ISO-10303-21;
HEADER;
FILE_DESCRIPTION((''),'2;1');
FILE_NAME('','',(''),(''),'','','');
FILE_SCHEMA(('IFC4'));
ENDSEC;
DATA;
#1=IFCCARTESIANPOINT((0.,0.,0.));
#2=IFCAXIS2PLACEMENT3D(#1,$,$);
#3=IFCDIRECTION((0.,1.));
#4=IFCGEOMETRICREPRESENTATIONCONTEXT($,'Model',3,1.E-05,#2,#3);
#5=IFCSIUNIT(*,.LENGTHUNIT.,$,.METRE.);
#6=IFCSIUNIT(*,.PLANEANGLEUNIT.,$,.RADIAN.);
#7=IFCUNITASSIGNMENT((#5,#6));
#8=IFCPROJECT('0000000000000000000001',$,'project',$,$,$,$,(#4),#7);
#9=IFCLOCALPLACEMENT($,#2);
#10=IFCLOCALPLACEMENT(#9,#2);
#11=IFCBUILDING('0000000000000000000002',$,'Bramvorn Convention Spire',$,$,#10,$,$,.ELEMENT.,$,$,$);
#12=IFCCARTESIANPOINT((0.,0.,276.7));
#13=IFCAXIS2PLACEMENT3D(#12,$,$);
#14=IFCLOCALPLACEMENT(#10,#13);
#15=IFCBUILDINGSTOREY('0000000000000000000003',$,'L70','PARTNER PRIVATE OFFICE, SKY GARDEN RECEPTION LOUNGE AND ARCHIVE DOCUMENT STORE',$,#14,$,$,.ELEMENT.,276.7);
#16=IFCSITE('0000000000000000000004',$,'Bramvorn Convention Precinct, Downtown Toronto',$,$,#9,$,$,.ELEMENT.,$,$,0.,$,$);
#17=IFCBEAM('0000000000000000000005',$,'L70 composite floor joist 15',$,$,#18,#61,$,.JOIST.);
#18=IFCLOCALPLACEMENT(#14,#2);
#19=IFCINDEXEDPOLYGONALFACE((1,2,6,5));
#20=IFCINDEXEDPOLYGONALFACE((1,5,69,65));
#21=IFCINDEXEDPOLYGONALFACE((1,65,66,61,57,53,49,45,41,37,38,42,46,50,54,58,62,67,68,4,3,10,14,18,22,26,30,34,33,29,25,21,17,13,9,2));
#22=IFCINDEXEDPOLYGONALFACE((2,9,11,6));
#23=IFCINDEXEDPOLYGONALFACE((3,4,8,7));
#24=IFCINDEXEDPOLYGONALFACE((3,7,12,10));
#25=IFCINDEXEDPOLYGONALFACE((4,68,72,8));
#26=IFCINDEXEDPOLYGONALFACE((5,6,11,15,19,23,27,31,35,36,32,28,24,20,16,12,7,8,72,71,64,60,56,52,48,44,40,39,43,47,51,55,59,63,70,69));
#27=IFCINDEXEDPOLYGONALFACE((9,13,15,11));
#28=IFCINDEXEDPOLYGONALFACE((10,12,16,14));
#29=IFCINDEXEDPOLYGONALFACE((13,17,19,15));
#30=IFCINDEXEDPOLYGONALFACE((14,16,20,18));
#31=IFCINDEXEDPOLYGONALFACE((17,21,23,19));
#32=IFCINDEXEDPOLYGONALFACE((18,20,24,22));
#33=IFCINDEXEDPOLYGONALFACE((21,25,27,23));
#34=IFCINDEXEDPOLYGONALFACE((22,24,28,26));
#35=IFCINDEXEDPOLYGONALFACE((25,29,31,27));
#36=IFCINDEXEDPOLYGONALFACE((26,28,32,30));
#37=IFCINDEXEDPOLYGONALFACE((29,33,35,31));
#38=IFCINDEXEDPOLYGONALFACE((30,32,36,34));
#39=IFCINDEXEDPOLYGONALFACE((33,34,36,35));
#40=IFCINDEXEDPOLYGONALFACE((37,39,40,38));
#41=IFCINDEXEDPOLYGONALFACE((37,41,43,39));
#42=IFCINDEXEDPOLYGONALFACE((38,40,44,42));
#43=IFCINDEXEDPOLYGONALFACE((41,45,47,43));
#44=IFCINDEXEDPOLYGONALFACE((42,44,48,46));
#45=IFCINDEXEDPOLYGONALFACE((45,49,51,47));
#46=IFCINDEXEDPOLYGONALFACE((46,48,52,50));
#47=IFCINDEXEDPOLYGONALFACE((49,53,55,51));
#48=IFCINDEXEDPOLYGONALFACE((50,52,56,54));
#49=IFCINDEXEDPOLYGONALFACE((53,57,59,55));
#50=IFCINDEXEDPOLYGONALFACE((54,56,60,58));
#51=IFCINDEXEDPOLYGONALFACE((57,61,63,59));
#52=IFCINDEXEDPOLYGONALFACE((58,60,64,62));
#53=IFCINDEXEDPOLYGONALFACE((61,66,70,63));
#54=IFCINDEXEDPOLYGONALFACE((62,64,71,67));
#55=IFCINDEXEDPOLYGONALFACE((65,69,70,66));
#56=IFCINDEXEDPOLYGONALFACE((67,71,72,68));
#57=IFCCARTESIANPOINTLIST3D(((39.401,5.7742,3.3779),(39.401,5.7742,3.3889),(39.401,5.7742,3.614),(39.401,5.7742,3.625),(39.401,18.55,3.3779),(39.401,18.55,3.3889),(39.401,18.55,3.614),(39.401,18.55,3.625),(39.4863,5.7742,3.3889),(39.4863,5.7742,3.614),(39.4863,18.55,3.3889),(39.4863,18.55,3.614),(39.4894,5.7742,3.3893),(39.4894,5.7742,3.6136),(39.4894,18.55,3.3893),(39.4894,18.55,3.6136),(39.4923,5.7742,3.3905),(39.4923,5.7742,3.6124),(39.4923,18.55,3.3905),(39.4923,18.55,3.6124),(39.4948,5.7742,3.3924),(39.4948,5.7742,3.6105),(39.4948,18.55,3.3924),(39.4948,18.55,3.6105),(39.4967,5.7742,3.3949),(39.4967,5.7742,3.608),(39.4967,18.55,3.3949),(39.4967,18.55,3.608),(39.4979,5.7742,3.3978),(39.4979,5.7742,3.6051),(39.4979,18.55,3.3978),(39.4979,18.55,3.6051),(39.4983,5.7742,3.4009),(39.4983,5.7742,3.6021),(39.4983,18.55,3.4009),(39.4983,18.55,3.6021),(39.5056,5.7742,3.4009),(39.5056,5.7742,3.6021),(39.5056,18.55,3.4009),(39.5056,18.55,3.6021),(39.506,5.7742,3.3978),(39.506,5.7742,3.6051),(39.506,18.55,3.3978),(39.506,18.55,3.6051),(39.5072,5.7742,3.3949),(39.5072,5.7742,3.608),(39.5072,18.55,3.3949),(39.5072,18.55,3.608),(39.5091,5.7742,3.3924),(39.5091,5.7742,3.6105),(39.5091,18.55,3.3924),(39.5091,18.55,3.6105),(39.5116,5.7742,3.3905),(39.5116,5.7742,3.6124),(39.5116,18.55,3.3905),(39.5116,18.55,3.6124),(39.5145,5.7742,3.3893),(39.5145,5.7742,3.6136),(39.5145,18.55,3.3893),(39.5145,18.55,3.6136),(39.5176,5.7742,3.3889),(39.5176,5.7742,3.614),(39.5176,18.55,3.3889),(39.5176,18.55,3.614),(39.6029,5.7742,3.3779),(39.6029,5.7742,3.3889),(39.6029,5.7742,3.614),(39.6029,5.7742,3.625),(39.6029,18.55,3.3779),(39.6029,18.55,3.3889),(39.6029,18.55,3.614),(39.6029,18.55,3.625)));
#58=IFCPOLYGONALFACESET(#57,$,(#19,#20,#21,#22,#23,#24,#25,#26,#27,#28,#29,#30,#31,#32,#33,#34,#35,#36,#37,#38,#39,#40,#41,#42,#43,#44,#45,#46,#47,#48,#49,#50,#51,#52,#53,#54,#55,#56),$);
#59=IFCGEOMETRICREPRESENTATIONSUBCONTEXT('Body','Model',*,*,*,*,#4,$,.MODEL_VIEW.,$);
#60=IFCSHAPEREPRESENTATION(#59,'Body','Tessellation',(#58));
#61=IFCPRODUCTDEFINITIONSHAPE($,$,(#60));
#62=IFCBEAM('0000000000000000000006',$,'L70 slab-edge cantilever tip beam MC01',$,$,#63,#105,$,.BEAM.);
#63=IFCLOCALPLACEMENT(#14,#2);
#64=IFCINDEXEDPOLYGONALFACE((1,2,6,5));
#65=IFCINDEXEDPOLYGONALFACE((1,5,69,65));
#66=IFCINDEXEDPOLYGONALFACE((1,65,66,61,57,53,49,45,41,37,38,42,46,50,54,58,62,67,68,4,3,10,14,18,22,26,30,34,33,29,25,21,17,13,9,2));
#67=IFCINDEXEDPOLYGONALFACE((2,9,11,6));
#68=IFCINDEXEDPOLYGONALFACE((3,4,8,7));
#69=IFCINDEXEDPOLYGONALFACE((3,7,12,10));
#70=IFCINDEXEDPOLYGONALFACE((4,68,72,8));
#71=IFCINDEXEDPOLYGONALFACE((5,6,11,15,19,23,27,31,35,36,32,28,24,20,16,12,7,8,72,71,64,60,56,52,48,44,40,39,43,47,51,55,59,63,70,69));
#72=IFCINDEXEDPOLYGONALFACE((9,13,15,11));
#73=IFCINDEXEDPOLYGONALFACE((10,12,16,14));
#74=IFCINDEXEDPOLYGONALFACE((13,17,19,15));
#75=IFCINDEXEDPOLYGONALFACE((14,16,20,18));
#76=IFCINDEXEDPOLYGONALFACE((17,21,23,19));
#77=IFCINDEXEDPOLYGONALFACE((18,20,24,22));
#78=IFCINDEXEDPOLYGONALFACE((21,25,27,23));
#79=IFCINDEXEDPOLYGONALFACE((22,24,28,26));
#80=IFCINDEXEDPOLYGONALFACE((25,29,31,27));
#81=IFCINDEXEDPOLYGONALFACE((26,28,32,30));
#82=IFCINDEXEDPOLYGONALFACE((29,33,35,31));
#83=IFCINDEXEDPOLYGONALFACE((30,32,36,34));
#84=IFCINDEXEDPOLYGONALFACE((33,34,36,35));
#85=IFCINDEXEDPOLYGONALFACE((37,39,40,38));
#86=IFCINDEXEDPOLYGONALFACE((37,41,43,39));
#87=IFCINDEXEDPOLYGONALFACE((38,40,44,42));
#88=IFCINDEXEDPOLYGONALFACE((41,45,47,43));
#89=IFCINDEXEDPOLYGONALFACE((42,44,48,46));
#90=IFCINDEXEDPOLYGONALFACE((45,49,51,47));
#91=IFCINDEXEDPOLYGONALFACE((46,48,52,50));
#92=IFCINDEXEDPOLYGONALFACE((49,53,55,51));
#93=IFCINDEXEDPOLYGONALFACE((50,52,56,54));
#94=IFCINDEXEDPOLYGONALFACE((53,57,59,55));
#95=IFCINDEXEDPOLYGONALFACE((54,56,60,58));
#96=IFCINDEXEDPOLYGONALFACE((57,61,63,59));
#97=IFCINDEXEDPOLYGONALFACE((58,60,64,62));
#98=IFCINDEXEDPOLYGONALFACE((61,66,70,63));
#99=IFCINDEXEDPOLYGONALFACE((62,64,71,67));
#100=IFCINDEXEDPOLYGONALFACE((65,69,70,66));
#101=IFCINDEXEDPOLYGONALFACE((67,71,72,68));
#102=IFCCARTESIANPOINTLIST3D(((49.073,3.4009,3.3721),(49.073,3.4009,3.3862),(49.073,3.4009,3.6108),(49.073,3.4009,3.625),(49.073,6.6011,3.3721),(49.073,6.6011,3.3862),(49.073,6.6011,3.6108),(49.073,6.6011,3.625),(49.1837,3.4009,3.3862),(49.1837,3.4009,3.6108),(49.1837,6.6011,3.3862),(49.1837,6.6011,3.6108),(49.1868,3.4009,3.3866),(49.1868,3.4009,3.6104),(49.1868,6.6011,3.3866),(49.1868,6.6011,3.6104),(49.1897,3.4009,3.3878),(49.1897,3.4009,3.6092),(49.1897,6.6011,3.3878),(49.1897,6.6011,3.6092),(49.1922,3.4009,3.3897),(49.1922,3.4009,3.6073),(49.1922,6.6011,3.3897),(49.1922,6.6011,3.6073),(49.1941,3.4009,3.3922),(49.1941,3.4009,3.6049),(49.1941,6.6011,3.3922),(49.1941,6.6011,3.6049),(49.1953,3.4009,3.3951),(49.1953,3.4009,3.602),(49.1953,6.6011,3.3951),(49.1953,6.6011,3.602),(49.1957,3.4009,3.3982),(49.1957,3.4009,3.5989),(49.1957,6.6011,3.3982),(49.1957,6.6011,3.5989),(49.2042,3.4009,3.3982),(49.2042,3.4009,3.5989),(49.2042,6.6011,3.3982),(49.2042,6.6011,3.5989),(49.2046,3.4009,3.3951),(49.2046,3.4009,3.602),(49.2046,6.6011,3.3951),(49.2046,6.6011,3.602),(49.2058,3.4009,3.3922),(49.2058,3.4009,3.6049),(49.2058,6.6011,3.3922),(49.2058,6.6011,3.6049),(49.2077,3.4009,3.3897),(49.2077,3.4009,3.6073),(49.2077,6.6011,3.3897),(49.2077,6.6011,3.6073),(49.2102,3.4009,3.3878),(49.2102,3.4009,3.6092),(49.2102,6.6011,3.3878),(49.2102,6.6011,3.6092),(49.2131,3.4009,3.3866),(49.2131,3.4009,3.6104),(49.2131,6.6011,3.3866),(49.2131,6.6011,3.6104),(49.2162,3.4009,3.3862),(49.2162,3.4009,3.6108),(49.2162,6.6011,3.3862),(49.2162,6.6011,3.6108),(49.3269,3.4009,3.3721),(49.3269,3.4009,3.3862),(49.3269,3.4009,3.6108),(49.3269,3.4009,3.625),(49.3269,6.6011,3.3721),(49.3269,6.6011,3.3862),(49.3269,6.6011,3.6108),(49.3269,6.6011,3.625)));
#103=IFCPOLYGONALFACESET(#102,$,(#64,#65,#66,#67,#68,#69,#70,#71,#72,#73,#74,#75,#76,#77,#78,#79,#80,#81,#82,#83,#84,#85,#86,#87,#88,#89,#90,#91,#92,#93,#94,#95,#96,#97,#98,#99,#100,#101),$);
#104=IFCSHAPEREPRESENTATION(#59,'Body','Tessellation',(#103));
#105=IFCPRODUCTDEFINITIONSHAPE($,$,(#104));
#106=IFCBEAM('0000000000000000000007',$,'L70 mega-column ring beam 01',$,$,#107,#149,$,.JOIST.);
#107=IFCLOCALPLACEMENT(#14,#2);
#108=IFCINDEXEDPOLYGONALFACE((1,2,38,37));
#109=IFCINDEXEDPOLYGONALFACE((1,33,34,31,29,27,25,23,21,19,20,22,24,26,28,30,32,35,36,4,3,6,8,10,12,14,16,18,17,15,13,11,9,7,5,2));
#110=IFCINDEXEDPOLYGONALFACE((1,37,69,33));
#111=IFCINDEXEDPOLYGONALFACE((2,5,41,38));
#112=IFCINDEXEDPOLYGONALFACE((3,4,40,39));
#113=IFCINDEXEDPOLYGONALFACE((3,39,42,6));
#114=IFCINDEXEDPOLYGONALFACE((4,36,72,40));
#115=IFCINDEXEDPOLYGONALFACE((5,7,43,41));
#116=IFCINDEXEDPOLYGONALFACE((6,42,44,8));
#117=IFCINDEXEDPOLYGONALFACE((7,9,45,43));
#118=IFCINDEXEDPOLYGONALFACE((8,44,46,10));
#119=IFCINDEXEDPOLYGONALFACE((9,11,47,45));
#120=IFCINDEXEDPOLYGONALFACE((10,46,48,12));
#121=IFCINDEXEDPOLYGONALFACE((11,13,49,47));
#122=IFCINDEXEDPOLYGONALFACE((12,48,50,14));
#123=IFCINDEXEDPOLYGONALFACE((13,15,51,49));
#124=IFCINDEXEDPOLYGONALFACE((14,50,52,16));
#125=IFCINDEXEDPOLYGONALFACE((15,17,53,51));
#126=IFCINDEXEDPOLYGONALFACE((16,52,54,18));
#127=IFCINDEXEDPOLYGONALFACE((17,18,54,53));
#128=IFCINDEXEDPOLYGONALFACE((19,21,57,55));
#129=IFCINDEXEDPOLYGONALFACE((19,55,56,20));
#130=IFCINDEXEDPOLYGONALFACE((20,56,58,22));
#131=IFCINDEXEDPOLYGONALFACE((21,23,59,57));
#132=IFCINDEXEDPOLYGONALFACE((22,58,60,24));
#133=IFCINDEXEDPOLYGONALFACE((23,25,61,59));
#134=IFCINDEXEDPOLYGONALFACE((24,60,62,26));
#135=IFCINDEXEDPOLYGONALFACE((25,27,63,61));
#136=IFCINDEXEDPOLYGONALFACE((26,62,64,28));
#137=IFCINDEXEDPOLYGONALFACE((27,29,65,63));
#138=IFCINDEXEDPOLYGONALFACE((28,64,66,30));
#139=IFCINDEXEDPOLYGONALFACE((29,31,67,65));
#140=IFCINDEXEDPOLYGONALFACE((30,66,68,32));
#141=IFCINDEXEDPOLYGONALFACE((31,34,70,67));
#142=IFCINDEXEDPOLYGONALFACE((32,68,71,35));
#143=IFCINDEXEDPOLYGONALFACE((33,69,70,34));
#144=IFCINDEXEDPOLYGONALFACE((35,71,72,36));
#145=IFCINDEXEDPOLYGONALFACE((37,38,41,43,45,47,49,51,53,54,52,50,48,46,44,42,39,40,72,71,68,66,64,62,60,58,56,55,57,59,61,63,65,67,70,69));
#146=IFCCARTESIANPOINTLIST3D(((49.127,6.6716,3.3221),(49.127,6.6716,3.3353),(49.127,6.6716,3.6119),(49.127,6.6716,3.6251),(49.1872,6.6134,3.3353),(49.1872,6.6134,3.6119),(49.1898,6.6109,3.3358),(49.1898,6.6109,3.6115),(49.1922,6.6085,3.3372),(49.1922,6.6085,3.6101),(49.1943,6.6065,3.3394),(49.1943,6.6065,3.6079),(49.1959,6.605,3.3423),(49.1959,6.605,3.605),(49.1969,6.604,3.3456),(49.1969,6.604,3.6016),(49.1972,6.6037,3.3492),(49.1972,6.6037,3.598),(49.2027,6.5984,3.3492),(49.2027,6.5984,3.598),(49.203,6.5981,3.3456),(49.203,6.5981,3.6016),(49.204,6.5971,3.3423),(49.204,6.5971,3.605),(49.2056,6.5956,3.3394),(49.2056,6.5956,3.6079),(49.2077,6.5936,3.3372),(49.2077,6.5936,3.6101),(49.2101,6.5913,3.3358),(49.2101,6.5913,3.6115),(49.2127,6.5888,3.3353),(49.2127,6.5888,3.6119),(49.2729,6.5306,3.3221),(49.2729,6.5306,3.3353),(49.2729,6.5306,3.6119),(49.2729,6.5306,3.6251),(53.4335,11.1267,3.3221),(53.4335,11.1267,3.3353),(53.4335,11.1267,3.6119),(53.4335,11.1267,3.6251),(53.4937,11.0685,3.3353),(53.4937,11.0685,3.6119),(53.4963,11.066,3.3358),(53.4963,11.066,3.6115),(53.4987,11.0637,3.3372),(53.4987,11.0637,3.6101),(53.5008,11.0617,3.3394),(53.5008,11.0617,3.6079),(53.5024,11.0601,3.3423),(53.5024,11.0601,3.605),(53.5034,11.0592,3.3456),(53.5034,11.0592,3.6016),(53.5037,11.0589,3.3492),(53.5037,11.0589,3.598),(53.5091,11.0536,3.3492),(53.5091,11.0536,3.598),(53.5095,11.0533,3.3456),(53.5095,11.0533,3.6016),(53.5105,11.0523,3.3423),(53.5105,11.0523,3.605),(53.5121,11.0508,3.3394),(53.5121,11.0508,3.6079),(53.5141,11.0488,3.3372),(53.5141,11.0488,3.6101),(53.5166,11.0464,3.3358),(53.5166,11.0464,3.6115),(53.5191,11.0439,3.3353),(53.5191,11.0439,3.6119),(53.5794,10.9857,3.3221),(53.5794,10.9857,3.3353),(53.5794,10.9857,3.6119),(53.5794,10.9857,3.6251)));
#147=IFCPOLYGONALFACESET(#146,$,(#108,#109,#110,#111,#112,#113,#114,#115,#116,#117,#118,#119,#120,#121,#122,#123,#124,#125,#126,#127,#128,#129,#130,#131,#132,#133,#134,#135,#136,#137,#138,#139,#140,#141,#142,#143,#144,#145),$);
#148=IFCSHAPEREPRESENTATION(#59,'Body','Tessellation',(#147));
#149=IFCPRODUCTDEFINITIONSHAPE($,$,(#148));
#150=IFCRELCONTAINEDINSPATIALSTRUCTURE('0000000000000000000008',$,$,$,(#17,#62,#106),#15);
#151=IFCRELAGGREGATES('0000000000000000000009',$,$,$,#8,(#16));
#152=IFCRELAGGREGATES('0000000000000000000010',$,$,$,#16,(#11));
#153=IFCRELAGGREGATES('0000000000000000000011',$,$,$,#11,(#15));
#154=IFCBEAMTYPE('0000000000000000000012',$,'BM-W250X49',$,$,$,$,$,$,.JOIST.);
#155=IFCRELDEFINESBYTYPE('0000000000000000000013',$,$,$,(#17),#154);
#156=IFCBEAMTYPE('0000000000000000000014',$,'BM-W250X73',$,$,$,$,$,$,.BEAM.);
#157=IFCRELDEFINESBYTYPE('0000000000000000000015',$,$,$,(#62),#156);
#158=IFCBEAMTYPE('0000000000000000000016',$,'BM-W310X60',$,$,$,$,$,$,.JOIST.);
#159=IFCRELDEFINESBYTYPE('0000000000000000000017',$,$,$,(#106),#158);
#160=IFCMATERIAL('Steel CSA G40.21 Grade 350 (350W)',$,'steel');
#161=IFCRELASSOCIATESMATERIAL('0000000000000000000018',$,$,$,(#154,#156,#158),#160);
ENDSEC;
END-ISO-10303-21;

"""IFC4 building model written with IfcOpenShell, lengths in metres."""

from ifc_helpers import new_model, si_unit, direction, frame, origin, origin_2d, place, context, subcontext, project, spatial, i_section, extrude, material, material_profile, profile_set, type_object, element, save


model = new_model("IFC4")

# Units and contexts
model_context = context("Model", 3, precision=1e-05, world=origin(), true_north=direction((0.0, 1.0)))
body_context = subcontext(model_context, "Body", "Model", "MODEL_VIEW")
ifc_project = project(units=[si_unit("LENGTHUNIT", "METRE"), si_unit("PLANEANGLEUNIT", "RADIAN")], contexts=[model_context])

# Site, building, storey
site_placement = place(None, origin())
site = spatial("IfcSite", under=ifc_project, at=site_placement, Name="Bramvorn Convention Precinct, Downtown Toronto", CompositionType="ELEMENT", RefElevation=0.0)
building_placement = place(site_placement, origin())
building = spatial("IfcBuilding", under=site, at=building_placement, Name="Bramvorn Convention Spire", CompositionType="ELEMENT")
storey_placement = place(building_placement, frame((0.0, 0.0, 276.7)))
storey = spatial("IfcBuildingStorey", under=building, at=storey_placement, Name="L70", Description="PARTNER PRIVATE OFFICE, SKY GARDEN RECEPTION LOUNGE AND ARCHIVE DOCUMENT STORE", CompositionType="ELEMENT", Elevation=276.7)

# Beams
ifc_material_1 = material(Name="Steel CSA G40.21 Grade 350 (350W)", Category="steel")
ifc_material_profile_1 = material_profile(ifc_material_1, i_section(OverallWidth=0.2019, OverallDepth=0.2471, WebThickness=0.0073, FlangeThickness=0.011, FilletRadius=0.012, at=origin_2d()))
ifc_profile_set_1 = profile_set([ifc_material_profile_1], Name="Steel CSA G40.21 Grade 350 (350W) - W250X49")
beam_type_1 = type_object("IfcBeamType", Name="BM-W250X49", PredefinedType="JOIST", material=ifc_profile_set_1)
beam_1_placement = place(storey_placement, frame((39.502, 18.55, 3.5015), z_axis=(0.0, -1.0, 0.0), x_axis=(1.0, 0.0, 0.0)))
element("IfcBeam", 1, at=beam_1_placement, inside=storey, type_object=beam_type_1, Name="L70 composite floor joist 15", PredefinedType="JOIST", context=body_context, shape_type="SweptSolid", body=[
    extrude(i_section(OverallWidth=0.2019, OverallDepth=0.2471, WebThickness=0.0073, FlangeThickness=0.011, FilletRadius=0.012, at=origin_2d()), origin(), (0.0, 0.0, 1.0), 12.7759),
])
ifc_material_profile_2 = material_profile(ifc_material_1, i_section(OverallWidth=0.2539, OverallDepth=0.2529, WebThickness=0.0085, FlangeThickness=0.0142, FilletRadius=0.012, at=origin_2d()))
ifc_profile_set_2 = profile_set([ifc_material_profile_2], Name="Steel CSA G40.21 Grade 350 (350W) - W250X73")
beam_type_2 = type_object("IfcBeamType", Name="BM-W250X73", PredefinedType="BEAM", material=ifc_profile_set_2)
beam_2_placement = place(storey_placement, frame((49.2, 6.6011, 3.4985), z_axis=(0.0, -1.0, 0.0), x_axis=(1.0, 0.0, 0.0)))
element("IfcBeam", 2, at=beam_2_placement, inside=storey, type_object=beam_type_2, Name="L70 slab-edge cantilever tip beam MC01", PredefinedType="BEAM", context=body_context, shape_type="SweptSolid", body=[
    extrude(i_section(OverallWidth=0.2539, OverallDepth=0.2529, WebThickness=0.0085, FlangeThickness=0.0142, FilletRadius=0.012, at=origin_2d()), origin(), (0.0, 0.0, 1.0), 3.2002),
])
ifc_material_profile_3 = material_profile(ifc_material_1, i_section(OverallWidth=0.2029, OverallDepth=0.303, WebThickness=0.0076, FlangeThickness=0.0132, FilletRadius=0.0139, at=origin_2d()))
ifc_profile_set_3 = profile_set([ifc_material_profile_3], Name="Steel CSA G40.21 Grade 350 (350W) - W310X60")
beam_type_3 = type_object("IfcBeamType", Name="BM-W310X60", PredefinedType="JOIST", material=ifc_profile_set_3)
beam_3_placement = place(storey_placement, frame((49.2, 6.6011, 3.4736), z_axis=(0.695007, 0.719003, 0.0), x_axis=(-0.719003, 0.695007, 0.0)))
element("IfcBeam", 3, at=beam_3_placement, inside=storey, type_object=beam_type_3, Name="L70 mega-column ring beam 01", PredefinedType="JOIST", context=body_context, shape_type="SweptSolid", body=[
    extrude(i_section(OverallWidth=0.2029, OverallDepth=0.303, WebThickness=0.0076, FlangeThickness=0.0132, FilletRadius=0.0139, at=origin_2d()), origin(), (0.0, 0.0, 1.0), 6.1963),
])

save(model, "model.ifc")
